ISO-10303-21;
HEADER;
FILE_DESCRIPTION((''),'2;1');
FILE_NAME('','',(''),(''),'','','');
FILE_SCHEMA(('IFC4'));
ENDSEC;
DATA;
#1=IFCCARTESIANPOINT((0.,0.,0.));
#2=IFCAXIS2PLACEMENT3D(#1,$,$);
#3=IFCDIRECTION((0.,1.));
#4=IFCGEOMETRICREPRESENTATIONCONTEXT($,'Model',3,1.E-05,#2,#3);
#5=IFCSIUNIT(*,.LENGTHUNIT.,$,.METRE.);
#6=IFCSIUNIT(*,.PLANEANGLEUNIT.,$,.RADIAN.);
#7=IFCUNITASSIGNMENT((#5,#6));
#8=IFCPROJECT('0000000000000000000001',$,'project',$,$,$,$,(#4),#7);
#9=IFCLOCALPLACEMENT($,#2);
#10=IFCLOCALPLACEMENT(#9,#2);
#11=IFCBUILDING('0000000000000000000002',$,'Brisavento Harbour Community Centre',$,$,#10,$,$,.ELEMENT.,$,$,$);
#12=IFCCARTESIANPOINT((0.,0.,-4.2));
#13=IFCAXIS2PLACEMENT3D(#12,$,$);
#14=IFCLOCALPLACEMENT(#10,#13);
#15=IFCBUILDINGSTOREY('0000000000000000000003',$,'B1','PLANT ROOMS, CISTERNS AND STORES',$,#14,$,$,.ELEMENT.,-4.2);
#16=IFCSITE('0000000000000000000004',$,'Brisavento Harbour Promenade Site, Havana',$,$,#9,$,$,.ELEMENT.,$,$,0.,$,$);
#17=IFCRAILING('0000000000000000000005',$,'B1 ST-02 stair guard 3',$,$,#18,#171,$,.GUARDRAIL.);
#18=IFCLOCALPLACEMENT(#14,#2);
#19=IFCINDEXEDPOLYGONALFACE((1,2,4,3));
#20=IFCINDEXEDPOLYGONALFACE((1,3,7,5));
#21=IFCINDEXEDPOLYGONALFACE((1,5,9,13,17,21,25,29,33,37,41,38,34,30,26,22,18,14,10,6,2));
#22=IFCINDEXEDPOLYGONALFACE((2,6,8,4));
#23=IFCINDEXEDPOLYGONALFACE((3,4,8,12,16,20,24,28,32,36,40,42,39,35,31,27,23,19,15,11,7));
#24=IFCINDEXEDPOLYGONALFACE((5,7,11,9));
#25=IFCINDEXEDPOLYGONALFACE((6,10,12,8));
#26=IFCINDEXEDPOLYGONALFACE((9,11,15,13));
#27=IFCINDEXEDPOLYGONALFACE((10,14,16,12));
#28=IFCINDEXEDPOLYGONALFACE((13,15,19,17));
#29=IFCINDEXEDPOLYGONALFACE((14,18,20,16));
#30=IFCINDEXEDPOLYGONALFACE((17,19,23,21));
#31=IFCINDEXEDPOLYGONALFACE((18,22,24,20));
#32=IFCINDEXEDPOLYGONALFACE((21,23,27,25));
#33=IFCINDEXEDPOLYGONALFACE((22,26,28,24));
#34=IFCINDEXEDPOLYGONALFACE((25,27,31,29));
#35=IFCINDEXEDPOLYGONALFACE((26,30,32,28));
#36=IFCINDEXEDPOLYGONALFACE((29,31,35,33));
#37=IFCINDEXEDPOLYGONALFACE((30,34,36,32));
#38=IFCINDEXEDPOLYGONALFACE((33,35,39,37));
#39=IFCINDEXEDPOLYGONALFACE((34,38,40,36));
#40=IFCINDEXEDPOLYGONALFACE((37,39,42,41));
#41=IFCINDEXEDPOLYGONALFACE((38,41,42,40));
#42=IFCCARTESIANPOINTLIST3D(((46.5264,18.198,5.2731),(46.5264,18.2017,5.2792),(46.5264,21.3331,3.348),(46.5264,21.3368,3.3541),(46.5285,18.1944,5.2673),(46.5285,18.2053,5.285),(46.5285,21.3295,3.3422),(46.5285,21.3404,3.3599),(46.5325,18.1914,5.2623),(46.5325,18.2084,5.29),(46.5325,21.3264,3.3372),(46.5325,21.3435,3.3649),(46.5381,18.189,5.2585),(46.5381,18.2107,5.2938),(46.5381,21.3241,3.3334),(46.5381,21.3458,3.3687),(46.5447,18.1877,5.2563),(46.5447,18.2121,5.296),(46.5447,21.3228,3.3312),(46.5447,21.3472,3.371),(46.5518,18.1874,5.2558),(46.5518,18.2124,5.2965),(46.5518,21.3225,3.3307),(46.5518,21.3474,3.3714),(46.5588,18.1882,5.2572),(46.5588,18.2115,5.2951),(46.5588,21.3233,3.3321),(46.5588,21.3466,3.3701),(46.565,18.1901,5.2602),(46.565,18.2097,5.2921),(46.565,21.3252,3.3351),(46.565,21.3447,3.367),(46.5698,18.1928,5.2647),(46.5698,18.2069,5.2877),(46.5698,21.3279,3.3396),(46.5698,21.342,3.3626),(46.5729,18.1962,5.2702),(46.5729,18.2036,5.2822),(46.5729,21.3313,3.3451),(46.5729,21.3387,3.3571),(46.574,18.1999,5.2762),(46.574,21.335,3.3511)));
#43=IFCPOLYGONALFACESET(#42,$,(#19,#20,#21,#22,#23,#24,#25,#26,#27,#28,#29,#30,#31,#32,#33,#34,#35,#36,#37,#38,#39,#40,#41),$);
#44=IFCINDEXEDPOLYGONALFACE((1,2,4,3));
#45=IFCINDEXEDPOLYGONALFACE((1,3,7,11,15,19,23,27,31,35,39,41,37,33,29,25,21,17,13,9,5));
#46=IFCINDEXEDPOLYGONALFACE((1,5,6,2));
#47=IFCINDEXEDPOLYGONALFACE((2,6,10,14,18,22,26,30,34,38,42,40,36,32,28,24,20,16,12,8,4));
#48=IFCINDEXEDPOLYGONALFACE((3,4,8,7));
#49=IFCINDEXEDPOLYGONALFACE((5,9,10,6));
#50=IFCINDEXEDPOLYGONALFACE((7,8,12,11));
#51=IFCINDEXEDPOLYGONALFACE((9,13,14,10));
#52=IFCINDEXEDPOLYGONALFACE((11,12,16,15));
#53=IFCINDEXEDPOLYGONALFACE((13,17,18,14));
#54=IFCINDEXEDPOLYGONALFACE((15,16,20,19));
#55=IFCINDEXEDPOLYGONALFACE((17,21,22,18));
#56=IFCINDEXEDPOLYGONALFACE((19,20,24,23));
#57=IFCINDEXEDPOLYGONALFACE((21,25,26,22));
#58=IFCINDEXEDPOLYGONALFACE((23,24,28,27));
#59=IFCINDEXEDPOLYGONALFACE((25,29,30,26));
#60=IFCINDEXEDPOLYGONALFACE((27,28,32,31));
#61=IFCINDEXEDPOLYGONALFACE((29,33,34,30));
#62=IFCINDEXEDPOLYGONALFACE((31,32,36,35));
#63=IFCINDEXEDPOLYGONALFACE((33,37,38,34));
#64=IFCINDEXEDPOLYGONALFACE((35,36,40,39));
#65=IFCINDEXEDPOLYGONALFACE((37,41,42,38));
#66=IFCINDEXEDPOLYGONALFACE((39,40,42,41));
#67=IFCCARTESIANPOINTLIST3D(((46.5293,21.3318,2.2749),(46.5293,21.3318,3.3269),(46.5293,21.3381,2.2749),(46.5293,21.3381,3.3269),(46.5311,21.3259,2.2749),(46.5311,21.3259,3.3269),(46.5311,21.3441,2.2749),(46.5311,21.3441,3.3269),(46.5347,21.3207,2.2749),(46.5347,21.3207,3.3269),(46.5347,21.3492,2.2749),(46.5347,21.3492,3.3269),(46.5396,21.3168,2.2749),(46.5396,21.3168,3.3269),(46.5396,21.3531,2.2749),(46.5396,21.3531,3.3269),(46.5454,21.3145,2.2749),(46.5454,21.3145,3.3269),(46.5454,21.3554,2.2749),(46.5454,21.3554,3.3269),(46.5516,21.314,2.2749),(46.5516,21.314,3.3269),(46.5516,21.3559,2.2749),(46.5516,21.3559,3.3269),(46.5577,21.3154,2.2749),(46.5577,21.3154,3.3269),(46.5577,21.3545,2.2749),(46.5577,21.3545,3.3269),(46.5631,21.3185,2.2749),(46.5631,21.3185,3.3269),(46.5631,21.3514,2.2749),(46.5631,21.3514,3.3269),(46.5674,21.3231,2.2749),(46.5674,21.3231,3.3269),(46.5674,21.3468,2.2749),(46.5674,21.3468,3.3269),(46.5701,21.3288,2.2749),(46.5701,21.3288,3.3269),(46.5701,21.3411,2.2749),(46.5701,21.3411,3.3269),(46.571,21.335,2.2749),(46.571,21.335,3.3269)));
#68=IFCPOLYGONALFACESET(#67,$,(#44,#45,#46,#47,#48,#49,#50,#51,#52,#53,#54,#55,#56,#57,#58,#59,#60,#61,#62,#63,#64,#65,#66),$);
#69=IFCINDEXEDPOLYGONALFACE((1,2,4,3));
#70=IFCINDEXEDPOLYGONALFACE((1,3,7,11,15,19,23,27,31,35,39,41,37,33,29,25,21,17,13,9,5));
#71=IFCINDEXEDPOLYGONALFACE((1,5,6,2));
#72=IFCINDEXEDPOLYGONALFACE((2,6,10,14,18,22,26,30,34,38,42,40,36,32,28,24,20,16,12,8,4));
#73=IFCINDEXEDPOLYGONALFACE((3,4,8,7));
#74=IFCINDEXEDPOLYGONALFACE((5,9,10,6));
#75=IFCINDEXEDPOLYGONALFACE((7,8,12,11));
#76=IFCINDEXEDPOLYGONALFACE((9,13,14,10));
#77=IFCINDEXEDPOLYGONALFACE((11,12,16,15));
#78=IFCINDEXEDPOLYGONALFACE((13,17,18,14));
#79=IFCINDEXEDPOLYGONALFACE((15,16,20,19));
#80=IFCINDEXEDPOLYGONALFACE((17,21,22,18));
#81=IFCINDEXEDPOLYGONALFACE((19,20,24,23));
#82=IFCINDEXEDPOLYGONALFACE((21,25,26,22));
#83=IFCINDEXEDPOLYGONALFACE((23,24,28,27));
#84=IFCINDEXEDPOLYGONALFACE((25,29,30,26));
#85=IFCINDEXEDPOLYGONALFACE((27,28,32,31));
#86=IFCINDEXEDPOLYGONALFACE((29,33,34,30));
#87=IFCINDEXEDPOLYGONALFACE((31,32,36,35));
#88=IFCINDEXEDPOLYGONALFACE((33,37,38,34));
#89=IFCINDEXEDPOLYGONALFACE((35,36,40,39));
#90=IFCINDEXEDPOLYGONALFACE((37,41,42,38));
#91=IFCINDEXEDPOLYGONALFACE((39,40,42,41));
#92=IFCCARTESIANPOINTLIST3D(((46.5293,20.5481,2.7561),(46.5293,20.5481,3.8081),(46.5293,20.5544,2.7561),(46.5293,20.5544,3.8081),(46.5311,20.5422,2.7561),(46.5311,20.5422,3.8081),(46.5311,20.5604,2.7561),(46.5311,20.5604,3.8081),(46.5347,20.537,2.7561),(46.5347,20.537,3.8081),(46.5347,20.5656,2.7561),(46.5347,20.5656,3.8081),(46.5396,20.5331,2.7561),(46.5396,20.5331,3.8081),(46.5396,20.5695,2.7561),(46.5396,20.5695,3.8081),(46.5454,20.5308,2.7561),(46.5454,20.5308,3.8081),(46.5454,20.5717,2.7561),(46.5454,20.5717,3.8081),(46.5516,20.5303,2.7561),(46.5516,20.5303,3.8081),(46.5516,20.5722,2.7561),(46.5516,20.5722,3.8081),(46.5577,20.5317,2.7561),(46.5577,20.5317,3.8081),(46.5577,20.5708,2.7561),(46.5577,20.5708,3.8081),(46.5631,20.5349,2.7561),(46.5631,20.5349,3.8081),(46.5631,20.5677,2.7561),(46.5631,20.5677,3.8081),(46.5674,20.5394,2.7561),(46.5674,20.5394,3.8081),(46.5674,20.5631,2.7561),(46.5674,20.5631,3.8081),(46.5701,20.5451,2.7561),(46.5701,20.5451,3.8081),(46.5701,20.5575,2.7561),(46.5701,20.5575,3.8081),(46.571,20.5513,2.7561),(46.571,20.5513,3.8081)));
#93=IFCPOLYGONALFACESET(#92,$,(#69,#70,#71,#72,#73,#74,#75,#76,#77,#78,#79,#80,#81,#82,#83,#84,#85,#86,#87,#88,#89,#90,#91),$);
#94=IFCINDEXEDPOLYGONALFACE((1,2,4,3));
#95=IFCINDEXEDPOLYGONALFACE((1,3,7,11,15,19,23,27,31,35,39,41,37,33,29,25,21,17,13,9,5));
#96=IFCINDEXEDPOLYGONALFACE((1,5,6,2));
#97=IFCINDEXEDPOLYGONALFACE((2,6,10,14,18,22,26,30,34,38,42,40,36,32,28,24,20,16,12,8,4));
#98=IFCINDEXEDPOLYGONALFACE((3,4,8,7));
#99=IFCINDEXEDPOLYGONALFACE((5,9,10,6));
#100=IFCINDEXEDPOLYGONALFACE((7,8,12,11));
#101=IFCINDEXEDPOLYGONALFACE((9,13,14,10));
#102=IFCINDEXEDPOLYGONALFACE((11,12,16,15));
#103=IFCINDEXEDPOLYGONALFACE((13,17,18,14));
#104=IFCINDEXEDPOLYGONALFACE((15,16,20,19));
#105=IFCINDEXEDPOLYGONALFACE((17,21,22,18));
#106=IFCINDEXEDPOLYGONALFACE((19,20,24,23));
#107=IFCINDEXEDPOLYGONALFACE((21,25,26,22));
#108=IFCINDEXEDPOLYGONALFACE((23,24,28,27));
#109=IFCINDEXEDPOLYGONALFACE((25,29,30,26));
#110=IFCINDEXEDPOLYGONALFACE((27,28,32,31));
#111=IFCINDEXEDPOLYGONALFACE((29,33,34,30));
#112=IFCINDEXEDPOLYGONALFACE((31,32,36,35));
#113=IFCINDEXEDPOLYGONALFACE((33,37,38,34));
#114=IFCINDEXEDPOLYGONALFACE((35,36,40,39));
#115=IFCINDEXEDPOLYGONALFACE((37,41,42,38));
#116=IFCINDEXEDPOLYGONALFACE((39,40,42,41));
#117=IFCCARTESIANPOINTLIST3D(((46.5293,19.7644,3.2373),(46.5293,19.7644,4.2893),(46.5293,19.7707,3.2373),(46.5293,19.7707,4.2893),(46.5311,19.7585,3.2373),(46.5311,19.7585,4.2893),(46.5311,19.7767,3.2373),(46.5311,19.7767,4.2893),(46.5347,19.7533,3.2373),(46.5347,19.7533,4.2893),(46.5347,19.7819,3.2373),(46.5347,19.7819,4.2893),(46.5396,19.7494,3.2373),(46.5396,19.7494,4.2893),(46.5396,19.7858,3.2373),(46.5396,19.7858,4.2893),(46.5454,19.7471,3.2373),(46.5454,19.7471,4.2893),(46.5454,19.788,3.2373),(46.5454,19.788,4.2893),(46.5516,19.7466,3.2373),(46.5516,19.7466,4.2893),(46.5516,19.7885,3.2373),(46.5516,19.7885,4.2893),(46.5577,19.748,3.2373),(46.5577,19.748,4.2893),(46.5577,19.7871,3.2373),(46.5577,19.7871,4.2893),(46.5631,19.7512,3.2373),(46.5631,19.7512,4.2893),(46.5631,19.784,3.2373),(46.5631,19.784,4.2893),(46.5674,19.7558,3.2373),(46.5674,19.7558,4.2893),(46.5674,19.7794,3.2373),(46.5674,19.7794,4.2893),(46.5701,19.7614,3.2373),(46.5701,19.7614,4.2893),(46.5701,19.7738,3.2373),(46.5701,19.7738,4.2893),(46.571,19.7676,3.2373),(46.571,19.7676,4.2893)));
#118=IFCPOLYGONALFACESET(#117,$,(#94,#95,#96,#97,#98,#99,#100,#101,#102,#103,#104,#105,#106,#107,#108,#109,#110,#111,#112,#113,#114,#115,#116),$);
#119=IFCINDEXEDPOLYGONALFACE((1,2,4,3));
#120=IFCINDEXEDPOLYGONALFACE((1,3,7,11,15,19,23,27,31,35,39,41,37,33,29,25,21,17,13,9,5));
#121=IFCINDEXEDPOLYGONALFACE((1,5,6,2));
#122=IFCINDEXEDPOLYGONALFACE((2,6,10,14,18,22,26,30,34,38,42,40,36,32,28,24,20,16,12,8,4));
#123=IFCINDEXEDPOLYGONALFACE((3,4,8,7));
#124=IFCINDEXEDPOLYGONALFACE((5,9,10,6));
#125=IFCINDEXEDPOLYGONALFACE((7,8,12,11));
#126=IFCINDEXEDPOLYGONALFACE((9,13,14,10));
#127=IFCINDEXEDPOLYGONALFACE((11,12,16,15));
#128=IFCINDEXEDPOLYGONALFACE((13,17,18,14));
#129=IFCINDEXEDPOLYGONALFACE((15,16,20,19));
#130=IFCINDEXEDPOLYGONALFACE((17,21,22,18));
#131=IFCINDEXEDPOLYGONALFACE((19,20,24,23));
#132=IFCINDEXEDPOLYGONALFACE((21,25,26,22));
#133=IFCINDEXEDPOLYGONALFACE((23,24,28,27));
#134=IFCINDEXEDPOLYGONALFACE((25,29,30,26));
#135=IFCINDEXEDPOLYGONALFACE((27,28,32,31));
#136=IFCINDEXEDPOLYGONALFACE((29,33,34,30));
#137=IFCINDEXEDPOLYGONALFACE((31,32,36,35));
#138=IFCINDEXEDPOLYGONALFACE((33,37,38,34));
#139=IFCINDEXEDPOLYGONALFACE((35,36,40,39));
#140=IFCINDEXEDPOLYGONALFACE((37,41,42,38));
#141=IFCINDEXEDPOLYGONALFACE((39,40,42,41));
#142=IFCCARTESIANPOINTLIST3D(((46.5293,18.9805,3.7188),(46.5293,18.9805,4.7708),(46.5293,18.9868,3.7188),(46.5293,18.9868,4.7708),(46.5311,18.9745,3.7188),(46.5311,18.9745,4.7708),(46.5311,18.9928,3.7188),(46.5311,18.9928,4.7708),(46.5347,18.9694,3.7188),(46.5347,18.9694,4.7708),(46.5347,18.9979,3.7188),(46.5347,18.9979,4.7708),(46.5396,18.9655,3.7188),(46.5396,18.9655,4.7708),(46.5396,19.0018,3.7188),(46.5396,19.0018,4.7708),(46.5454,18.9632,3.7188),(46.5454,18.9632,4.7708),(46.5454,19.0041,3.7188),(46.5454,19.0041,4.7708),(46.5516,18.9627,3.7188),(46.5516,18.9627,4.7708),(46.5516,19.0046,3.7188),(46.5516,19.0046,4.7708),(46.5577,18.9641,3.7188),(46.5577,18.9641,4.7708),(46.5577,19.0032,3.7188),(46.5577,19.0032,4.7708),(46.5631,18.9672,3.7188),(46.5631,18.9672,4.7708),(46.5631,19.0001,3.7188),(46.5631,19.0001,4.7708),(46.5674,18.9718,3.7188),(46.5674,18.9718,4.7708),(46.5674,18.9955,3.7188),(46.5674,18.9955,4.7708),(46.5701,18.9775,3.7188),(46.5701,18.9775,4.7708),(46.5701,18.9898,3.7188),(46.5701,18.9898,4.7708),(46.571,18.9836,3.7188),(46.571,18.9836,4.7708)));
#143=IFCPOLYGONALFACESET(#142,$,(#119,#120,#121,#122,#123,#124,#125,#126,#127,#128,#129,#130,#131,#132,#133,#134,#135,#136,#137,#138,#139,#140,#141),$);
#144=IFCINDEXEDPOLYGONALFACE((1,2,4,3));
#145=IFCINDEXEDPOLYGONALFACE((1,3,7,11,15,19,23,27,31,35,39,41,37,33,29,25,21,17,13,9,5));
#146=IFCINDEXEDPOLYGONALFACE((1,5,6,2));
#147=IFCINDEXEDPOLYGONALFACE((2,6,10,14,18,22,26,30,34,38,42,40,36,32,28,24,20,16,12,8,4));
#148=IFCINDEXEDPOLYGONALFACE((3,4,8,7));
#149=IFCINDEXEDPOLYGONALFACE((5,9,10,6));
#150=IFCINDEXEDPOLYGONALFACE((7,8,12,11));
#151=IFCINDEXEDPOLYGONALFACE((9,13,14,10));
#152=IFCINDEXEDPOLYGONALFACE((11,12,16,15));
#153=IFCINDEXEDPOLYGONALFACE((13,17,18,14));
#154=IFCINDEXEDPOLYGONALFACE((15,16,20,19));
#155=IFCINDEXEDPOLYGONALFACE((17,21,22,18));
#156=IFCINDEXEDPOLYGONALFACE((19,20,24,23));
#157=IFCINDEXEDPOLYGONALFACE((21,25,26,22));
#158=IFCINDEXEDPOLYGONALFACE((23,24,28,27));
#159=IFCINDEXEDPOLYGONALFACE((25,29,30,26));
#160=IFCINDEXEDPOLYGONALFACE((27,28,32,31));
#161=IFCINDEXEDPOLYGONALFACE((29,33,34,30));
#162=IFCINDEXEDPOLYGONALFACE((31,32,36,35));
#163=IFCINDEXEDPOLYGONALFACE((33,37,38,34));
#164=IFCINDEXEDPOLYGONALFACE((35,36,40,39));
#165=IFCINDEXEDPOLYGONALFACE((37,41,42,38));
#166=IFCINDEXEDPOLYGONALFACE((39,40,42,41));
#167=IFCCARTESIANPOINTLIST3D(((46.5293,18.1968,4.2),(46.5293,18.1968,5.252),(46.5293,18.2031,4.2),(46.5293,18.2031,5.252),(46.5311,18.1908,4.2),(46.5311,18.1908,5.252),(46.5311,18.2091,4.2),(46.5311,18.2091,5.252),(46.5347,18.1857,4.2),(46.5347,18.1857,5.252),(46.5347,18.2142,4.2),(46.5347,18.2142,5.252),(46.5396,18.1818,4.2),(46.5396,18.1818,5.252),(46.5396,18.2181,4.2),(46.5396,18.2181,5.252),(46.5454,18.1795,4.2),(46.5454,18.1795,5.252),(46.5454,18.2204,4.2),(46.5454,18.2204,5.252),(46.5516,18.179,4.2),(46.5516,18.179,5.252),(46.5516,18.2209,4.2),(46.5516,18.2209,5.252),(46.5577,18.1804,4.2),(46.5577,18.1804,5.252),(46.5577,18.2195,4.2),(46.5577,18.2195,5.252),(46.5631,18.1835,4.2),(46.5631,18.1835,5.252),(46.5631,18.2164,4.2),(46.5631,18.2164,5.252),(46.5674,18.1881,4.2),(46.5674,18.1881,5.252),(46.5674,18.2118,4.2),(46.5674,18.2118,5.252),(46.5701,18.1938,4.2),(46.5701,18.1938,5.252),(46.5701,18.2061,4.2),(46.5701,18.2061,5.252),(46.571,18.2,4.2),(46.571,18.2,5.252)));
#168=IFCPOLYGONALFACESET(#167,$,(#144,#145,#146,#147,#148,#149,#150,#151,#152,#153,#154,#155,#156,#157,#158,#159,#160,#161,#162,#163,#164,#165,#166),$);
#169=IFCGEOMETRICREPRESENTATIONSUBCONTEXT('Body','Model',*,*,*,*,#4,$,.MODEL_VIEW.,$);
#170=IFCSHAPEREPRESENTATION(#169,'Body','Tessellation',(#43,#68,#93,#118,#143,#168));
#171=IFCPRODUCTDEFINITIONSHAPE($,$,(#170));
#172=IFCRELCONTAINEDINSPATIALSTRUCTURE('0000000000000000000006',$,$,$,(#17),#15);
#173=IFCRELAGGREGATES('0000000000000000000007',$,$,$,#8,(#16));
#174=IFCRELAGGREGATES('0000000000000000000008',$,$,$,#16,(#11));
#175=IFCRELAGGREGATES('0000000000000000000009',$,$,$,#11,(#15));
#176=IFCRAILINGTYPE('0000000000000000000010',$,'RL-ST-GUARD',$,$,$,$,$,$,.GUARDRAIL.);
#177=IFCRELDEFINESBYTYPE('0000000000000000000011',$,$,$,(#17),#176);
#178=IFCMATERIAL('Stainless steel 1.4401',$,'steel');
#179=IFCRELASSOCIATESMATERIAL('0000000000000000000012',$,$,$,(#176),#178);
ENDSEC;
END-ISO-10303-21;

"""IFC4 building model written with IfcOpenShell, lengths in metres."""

from ifc_helpers import new_model, si_unit, direction, frame, origin, origin_2d, place, context, subcontext, project, spatial, circle, extrude, material, type_object, element, save


model = new_model("IFC4")

# Units and contexts
model_context = context("Model", 3, precision=1e-05, world=origin(), true_north=direction((0.0, 1.0)))
body_context = subcontext(model_context, "Body", "Model", "MODEL_VIEW")
ifc_project = project(units=[si_unit("LENGTHUNIT", "METRE"), si_unit("PLANEANGLEUNIT", "RADIAN")], contexts=[model_context])

# Site, building, storey
site_placement = place(None, origin())
site = spatial("IfcSite", under=ifc_project, at=site_placement, Name="Brisavento Harbour Promenade Site, Havana", CompositionType="ELEMENT", RefElevation=0.0)
building_placement = place(site_placement, origin())
building = spatial("IfcBuilding", under=site, at=building_placement, Name="Brisavento Harbour Community Centre", CompositionType="ELEMENT")
storey_placement = place(building_placement, frame((0.0, 0.0, -4.2)))
storey = spatial("IfcBuildingStorey", under=building, at=storey_placement, Name="B1", Description="PLANT ROOMS, CISTERNS AND STORES", CompositionType="ELEMENT", Elevation=-4.2)

# Railing
ifc_material_1 = material(Name="Stainless steel 1.4401", Category="steel")
railing_type_1 = type_object("IfcRailingType", Name="RL-ST-GUARD", PredefinedType="GUARDRAIL", material=ifc_material_1)
railing_1_placement = place(storey_placement, frame((46.55, 21.335, 2.2749)))
element("IfcRailing", 1, at=railing_1_placement, inside=storey, type_object=railing_type_1, Name="B1 ST-02 stair guard 3", PredefinedType="GUARDRAIL", context=body_context, shape_type="SweptSolid", body=[
    extrude(circle(Radius=0.0239, at=origin_2d()), frame((0.0, 0.0, 1.0762), z_axis=(0.0, -0.852166, 0.523271), x_axis=(1.0, 0.0, 0.0)), (0.0, 0.0, 1.0), 3.679),
    extrude(circle(Radius=0.021, at=origin_2d()), origin(), (0.0, 0.0, 1.0), 1.052),
    extrude(circle(Radius=0.021, at=origin_2d()), frame((0.0, -0.7837, 0.4812)), (0.0, 0.0, 1.0), 1.052),
    extrude(circle(Radius=0.021, at=origin_2d()), frame((0.0, -1.5674, 0.9624)), (0.0, 0.0, 1.0), 1.052),
    extrude(circle(Radius=0.021, at=origin_2d()), frame((0.0, -2.3513, 1.4438)), (0.0, 0.0, 1.0), 1.052),
    extrude(circle(Radius=0.021, at=origin_2d()), frame((0.0, -3.135, 1.925)), (0.0, 0.0, 1.0), 1.052),
])

save(model, "model.ifc")
